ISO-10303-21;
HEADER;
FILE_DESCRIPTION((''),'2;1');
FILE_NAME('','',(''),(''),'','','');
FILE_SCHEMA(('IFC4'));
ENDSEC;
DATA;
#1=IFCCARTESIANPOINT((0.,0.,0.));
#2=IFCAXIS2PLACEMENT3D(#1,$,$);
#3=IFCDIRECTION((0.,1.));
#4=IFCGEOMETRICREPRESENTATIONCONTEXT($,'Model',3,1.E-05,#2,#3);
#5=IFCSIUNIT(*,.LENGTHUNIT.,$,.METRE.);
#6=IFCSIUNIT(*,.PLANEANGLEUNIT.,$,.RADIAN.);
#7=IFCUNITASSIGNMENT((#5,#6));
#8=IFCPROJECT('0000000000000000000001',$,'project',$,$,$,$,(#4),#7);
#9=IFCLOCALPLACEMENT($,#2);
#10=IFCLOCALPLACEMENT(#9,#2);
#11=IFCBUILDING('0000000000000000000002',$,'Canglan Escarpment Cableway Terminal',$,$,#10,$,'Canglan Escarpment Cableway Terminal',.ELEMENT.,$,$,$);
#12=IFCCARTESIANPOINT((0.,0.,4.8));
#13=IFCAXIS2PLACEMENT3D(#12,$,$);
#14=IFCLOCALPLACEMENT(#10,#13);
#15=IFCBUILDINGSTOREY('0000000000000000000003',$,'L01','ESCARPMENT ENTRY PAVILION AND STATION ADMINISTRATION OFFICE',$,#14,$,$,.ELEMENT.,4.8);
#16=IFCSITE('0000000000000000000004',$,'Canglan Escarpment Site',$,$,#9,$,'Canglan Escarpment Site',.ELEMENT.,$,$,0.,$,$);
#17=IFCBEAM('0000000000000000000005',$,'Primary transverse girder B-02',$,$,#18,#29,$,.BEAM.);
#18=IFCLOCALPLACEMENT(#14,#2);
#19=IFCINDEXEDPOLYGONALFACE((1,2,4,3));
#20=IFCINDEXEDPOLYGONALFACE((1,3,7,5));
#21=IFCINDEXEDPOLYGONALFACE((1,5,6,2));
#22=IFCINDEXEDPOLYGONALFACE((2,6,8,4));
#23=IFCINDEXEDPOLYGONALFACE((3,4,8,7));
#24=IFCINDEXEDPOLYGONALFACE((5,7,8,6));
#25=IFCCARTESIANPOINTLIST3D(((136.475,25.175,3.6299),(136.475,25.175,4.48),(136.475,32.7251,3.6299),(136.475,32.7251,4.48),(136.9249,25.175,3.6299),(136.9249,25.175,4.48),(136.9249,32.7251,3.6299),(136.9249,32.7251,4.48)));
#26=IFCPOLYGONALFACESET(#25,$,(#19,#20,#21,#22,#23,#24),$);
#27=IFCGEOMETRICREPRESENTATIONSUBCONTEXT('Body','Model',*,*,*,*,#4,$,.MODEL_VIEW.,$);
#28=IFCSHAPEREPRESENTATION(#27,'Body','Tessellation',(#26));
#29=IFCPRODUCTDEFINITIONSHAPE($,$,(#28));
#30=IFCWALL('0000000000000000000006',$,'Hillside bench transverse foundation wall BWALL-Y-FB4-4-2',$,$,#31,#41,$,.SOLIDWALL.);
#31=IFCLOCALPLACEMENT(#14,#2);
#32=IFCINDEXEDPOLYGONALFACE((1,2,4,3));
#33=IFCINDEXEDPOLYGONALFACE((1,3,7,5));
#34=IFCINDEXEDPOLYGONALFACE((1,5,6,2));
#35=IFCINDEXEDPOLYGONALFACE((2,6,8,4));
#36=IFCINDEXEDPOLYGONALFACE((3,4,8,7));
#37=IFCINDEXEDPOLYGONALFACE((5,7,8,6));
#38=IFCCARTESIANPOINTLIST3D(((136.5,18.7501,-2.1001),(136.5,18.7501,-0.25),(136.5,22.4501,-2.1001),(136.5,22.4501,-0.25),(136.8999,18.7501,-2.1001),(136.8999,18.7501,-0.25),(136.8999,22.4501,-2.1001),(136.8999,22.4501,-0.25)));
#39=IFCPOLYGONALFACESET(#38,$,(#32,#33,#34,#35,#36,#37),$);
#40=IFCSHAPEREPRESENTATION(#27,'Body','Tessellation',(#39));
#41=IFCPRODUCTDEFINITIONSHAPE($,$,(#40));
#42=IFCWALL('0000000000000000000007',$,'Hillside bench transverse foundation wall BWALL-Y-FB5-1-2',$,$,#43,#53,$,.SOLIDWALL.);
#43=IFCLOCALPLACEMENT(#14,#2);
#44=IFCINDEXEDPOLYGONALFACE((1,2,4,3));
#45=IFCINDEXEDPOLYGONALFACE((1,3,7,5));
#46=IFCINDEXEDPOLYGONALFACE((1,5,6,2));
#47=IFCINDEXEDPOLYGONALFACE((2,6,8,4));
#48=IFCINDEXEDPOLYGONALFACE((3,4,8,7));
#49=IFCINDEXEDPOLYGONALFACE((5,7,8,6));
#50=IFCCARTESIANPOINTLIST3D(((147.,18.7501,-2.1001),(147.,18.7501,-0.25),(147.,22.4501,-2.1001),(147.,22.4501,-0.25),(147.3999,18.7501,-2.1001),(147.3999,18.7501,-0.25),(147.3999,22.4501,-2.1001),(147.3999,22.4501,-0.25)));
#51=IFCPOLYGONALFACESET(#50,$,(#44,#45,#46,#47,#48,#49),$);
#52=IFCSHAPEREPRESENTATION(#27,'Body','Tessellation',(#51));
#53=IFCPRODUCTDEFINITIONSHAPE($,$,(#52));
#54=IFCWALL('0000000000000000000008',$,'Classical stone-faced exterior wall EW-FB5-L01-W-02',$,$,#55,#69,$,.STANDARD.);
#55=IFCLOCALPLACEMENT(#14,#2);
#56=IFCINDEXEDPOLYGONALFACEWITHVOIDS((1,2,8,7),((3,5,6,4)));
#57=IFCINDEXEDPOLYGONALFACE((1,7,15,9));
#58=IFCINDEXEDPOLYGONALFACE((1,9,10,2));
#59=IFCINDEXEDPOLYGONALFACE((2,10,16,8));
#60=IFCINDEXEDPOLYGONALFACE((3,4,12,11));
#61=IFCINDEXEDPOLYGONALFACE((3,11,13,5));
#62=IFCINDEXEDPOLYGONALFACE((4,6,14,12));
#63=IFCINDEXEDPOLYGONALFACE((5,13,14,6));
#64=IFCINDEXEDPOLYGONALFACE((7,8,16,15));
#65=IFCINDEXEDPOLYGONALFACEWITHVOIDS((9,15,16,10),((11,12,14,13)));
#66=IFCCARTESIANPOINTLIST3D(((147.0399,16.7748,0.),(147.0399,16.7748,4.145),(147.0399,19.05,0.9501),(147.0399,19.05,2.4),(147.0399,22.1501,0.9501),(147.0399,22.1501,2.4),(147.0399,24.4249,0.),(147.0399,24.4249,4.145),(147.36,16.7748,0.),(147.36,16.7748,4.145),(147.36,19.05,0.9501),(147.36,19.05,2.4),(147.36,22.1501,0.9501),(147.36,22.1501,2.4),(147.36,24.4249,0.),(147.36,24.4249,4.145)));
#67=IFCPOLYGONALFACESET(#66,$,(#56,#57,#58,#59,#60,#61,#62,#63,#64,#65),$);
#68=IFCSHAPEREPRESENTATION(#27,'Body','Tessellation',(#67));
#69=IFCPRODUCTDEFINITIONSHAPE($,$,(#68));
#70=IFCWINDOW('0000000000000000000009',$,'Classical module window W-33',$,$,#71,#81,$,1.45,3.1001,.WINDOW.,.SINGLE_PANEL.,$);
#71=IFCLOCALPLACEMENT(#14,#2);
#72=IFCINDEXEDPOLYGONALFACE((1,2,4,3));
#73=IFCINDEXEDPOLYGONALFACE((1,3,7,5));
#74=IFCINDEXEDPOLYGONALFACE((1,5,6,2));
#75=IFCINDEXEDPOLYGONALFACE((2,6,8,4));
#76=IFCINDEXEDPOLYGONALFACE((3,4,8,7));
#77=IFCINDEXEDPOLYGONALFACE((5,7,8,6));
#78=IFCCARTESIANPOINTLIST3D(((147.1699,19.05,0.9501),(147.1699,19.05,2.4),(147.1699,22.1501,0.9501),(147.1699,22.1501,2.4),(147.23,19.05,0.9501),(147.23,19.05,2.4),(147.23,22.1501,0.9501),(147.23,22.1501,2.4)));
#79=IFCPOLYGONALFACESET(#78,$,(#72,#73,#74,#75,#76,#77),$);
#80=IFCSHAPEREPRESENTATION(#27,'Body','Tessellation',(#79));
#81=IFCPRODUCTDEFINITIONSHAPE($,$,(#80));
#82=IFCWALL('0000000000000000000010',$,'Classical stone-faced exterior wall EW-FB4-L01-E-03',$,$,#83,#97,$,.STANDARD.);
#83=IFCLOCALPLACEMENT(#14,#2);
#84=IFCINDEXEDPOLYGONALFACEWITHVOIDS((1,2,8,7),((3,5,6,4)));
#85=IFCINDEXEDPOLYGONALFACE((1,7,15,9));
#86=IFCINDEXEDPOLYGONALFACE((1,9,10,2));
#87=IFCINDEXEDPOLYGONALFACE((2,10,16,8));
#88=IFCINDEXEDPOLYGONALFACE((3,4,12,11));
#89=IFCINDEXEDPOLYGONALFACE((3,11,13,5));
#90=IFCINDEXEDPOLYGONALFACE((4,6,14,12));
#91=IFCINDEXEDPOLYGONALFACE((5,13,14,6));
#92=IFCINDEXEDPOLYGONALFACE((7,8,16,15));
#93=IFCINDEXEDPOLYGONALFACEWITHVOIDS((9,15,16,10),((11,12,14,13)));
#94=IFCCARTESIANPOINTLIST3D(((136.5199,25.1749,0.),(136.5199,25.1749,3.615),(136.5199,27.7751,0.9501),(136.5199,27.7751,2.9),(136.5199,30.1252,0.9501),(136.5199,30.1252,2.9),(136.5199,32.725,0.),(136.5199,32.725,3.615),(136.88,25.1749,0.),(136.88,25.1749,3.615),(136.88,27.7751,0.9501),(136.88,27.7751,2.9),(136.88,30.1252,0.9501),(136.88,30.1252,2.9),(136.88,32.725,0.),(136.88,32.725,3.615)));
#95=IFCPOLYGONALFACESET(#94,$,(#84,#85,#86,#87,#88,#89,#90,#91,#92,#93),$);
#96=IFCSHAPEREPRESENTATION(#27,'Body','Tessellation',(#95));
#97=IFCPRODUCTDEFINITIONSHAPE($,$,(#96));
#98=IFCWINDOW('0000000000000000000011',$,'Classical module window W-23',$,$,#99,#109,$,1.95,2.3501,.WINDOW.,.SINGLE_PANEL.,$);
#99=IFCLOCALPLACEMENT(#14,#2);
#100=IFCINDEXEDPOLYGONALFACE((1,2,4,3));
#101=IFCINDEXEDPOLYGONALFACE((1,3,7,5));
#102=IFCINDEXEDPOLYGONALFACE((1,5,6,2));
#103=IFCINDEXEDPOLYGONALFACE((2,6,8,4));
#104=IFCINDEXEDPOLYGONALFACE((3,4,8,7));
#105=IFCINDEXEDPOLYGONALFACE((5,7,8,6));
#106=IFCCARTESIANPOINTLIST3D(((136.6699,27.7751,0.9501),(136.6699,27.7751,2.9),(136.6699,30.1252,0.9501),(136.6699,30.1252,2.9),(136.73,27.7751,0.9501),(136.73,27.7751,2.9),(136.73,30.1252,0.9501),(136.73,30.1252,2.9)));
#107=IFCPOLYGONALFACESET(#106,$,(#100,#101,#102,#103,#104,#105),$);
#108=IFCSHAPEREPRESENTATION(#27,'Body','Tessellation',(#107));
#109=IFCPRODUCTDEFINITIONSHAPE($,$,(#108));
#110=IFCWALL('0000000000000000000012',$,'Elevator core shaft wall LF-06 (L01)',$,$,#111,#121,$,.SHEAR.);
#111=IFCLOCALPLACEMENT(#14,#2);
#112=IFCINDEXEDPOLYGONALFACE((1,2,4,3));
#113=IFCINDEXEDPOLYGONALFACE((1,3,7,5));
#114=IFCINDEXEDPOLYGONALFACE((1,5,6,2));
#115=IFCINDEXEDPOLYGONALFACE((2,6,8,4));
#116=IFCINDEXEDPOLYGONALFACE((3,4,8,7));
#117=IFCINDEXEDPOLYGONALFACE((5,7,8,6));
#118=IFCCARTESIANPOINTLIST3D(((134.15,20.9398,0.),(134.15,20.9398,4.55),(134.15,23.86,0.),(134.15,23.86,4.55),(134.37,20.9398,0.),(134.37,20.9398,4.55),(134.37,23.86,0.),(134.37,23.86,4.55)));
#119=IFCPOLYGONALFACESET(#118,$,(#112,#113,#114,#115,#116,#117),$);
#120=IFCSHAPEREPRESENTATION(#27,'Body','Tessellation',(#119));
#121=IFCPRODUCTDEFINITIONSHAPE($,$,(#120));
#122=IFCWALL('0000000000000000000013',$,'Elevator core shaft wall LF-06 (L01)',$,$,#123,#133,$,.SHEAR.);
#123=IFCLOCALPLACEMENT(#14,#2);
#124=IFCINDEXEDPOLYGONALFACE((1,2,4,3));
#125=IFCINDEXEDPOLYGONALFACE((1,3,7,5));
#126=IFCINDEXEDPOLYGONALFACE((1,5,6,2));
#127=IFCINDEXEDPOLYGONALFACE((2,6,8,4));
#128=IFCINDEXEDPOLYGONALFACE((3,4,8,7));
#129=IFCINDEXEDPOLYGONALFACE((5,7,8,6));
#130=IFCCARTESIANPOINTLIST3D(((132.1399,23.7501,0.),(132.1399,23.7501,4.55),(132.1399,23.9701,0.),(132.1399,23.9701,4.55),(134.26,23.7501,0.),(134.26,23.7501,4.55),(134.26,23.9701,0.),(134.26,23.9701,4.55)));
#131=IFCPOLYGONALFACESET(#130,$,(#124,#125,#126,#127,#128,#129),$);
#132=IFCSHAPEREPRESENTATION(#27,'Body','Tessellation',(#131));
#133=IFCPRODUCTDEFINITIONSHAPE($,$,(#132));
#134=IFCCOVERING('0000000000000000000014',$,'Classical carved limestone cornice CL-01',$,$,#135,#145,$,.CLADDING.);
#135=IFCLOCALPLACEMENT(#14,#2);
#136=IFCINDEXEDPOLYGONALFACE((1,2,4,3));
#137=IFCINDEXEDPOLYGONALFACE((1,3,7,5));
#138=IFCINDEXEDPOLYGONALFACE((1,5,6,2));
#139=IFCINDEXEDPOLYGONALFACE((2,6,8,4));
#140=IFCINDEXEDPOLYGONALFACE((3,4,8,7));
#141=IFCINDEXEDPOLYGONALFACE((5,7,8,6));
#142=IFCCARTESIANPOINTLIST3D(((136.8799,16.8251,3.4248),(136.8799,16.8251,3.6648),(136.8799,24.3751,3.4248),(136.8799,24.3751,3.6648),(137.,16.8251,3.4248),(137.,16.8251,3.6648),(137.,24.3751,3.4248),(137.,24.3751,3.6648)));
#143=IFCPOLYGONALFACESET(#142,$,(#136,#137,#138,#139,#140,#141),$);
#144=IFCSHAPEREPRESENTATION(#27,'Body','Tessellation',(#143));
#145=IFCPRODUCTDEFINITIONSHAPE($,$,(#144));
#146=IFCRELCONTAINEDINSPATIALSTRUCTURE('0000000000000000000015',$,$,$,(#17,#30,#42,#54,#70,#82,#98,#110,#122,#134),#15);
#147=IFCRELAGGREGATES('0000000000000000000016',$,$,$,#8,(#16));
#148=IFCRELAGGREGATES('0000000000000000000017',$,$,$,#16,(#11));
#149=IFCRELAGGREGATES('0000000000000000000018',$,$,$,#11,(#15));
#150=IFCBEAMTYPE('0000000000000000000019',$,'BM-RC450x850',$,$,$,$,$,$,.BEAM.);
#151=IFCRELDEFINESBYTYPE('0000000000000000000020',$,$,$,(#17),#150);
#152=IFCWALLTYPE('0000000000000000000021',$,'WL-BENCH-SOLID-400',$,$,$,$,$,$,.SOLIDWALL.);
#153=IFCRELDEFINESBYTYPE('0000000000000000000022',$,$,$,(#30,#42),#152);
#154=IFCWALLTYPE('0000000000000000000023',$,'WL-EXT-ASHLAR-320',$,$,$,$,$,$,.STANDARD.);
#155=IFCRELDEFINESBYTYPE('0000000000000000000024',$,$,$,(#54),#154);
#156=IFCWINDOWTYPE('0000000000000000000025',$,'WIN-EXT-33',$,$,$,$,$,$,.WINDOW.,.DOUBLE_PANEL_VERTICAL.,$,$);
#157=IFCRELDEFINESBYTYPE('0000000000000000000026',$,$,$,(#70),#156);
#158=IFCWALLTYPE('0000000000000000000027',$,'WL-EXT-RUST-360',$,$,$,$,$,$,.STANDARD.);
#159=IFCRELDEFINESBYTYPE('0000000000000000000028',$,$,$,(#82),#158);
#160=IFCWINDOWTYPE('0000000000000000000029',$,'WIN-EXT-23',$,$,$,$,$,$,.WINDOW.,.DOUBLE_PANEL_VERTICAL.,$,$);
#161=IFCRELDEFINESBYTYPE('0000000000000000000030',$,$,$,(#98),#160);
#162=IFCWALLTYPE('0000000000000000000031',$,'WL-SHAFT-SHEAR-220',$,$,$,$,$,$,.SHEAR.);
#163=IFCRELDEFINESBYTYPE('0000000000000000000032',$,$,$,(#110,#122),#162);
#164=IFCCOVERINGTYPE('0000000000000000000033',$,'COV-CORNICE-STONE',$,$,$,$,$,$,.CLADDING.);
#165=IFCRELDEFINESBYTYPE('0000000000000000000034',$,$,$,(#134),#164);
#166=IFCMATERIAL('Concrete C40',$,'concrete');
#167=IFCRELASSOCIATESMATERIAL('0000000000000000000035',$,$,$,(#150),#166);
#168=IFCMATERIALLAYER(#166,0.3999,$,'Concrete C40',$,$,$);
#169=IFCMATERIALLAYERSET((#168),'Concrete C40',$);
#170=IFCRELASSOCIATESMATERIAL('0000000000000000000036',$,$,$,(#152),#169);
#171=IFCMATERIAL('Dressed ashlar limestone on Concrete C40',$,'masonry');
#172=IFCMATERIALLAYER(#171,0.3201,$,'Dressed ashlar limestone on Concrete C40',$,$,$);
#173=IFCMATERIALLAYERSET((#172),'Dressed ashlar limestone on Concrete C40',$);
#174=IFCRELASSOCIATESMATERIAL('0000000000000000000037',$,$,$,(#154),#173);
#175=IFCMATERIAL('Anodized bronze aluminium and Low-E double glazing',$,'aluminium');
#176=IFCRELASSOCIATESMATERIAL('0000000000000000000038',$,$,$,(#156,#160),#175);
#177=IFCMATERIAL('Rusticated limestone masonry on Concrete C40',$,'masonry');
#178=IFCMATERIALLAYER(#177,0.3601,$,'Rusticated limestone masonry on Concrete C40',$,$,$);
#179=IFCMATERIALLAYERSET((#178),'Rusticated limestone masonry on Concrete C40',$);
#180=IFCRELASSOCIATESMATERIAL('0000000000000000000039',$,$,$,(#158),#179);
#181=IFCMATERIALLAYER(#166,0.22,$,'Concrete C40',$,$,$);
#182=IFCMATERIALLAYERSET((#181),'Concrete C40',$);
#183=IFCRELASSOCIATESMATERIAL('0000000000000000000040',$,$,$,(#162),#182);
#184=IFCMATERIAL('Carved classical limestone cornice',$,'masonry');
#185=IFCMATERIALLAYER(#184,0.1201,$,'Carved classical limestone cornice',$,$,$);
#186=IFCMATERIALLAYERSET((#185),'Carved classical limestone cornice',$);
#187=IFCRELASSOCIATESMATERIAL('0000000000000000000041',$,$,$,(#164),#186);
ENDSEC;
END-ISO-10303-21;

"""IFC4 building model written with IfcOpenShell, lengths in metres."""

from ifc_helpers import new_model, si_unit, direction, frame, frame_2d, origin, origin_2d, place, context, subcontext, project, spatial, rectangle, extrude, material, layer, layer_set, material_profile, profile_set, type_object, element, fill, save


model = new_model("IFC4")

# Units and contexts
model_context = context("Model", 3, precision=1e-05, world=origin(), true_north=direction((0.0, 1.0)))
body_context = subcontext(model_context, "Body", "Model", "MODEL_VIEW")
ifc_project = project(units=[si_unit("LENGTHUNIT", "METRE"), si_unit("PLANEANGLEUNIT", "RADIAN")], contexts=[model_context])

# Site, building, storey
site_placement = place(None, origin())
site = spatial("IfcSite", under=ifc_project, at=site_placement, Name="Canglan Escarpment Site", LongName="Canglan Escarpment Site", CompositionType="ELEMENT", RefElevation=0.0)
building_placement = place(site_placement, origin())
building = spatial("IfcBuilding", under=site, at=building_placement, Name="Canglan Escarpment Cableway Terminal", LongName="Canglan Escarpment Cableway Terminal", CompositionType="ELEMENT")
storey_placement = place(building_placement, frame((0.0, 0.0, 4.8)))
storey = spatial("IfcBuildingStorey", under=building, at=storey_placement, Name="L01", Description="ESCARPMENT ENTRY PAVILION AND STATION ADMINISTRATION OFFICE", CompositionType="ELEMENT", Elevation=4.8)

# Shared definitions
ifc_material_1 = material(Name="Concrete C40", Category="concrete")

# Beam
ifc_material_profile_1 = material_profile(ifc_material_1, rectangle(XDim=0.45, YDim=0.8501, at=origin_2d()), Name="RC 450x850")
ifc_profile_set_1 = profile_set([ifc_material_profile_1], Name="Concrete C40")
beam_type_1 = type_object("IfcBeamType", Name="BM-RC450x850", PredefinedType="BEAM", material=ifc_profile_set_1)
beam_1_placement = place(storey_placement, frame((136.7, 25.175, 4.0549), z_axis=(0.0, 1.0, 0.0), x_axis=(-1.0, 0.0, 0.0)))
element("IfcBeam", 1, at=beam_1_placement, inside=storey, type_object=beam_type_1, Name="Primary transverse girder B-02", PredefinedType="BEAM", context=body_context, shape_type="SweptSolid", body=[
    extrude(rectangle(XDim=0.45, YDim=0.8501, at=origin_2d()), origin(), (0.0, 0.0, 1.0), 7.55),
])

# Walls
ifc_layer_1 = layer(ifc_material_1, 0.3999, Name="Concrete C40")
ifc_layer_set_1 = layer_set([ifc_layer_1], Name="Concrete C40")
wall_type_1 = type_object("IfcWallType", Name="WL-BENCH-SOLID-400", PredefinedType="SOLIDWALL", material=ifc_layer_set_1)
for number, where, z_axis, x_axis, name in (
    (2, (136.7, 18.75, -2.1001), (0.0, 0.0, 1.0), (0.0, 1.0, 0.0), "Hillside bench transverse foundation wall BWALL-Y-FB4-4-2"),
    (3, (147.2, 18.75, -2.1001), (0.0, 0.0, 1.0), (0.0, 1.0, 0.0), "Hillside bench transverse foundation wall BWALL-Y-FB5-1-2"),
):
    element("IfcWall", number, at=place(storey_placement, frame(where, z_axis=z_axis, x_axis=x_axis)), inside=storey, type_object=wall_type_1, Name=name, PredefinedType="SOLIDWALL", context=body_context, shape_type="SweptSolid", body=[
        extrude(rectangle(XDim=3.7, YDim=0.3999, at=frame_2d((1.8501, 0.0))), origin(), (0.0, 0.0, 1.0), 1.8501),
    ])

# Walls, openings, windows
ifc_material_2 = material(Name="Dressed ashlar limestone on Concrete C40", Category="masonry")
ifc_layer_2 = layer(ifc_material_2, 0.3201, Name="Dressed ashlar limestone on Concrete C40")
ifc_layer_set_2 = layer_set([ifc_layer_2], Name="Dressed ashlar limestone on Concrete C40")
wall_type_2 = type_object("IfcWallType", Name="WL-EXT-ASHLAR-320", PredefinedType="STANDARD", material=ifc_layer_set_2)
wall_1_placement = place(storey_placement, frame((147.2, 24.425, 0.0), z_axis=(0.0, 0.0, 1.0), x_axis=(0.0, -1.0, 0.0)))
wall_1 = element("IfcWall", 4, at=wall_1_placement, inside=storey, type_object=wall_type_2, Name="Classical stone-faced exterior wall EW-FB5-L01-W-02", PredefinedType="STANDARD", context=body_context, shape_type="SweptSolid", body=[
    extrude(rectangle(XDim=7.6501, YDim=0.3201, at=frame_2d((3.8252, 0.0))), origin(), (0.0, 0.0, 1.0), 4.145),
])
opening_1_placement = place(wall_1_placement, frame((2.2749, 0.0, 0.95)))
opening_1 = element("IfcOpeningElement", 5, at=opening_1_placement, cuts=wall_1, PredefinedType="OPENING", context=body_context, shape_type="SweptSolid", body=[
    extrude(rectangle(XDim=3.1001, YDim=1.45, at=frame_2d((1.55, 0.7251))), frame((0.0, 0.1699, 0.0), z_axis=(0.0, -1.0, 0.0), x_axis=(1.0, 0.0, 0.0)), (0.0, 0.0, 1.0), 0.3401),
])
ifc_material_3 = material(Name="Anodized bronze aluminium and Low-E double glazing", Category="aluminium")
window_type_1 = type_object("IfcWindowType", Name="WIN-EXT-33", PartitioningType="DOUBLE_PANEL_VERTICAL", PredefinedType="WINDOW", material=ifc_material_3)
window_1_placement = place(opening_1_placement, origin())
window_1 = element("IfcWindow", 6, at=window_1_placement, inside=storey, type_object=window_type_1, Name="Classical module window W-33", OverallHeight=1.45, OverallWidth=3.1001, PartitioningType="SINGLE_PANEL", PredefinedType="WINDOW", context=body_context, shape_type="SweptSolid", body=[
    extrude(rectangle(XDim=3.1001, YDim=1.45, at=frame_2d((1.55, 0.7251))), frame((0.0, 0.03, 0.0), z_axis=(0.0, -1.0, 0.0), x_axis=(1.0, 0.0, 0.0)), (0.0, 0.0, 1.0), 0.0601),
])
fill(opening_1, window_1)
ifc_material_4 = material(Name="Rusticated limestone masonry on Concrete C40", Category="masonry")
ifc_layer_3 = layer(ifc_material_4, 0.3601, Name="Rusticated limestone masonry on Concrete C40")
ifc_layer_set_3 = layer_set([ifc_layer_3], Name="Rusticated limestone masonry on Concrete C40")
wall_type_3 = type_object("IfcWallType", Name="WL-EXT-RUST-360", PredefinedType="STANDARD", material=ifc_layer_set_3)
wall_2_placement = place(storey_placement, frame((136.7, 25.175, 0.0), z_axis=(0.0, 0.0, 1.0), x_axis=(0.0, 1.0, 0.0)))
wall_2 = element("IfcWall", 7, at=wall_2_placement, inside=storey, type_object=wall_type_3, Name="Classical stone-faced exterior wall EW-FB4-L01-E-03", PredefinedType="STANDARD", context=body_context, shape_type="SweptSolid", body=[
    extrude(rectangle(XDim=7.55, YDim=0.3601, at=frame_2d((3.7749, 0.0))), origin(), (0.0, 0.0, 1.0), 3.615),
])
opening_2_placement = place(wall_2_placement, frame((2.6001, 0.0, 0.95)))
opening_2 = element("IfcOpeningElement", 8, at=opening_2_placement, cuts=wall_2, PredefinedType="OPENING", context=body_context, shape_type="SweptSolid", body=[
    extrude(rectangle(XDim=2.3501, YDim=1.95, at=frame_2d((1.175, 0.9751))), frame((0.0, 0.1899, 0.0), z_axis=(0.0, -1.0, 0.0), x_axis=(1.0, 0.0, 0.0)), (0.0, 0.0, 1.0), 0.3801),
])
window_type_2 = type_object("IfcWindowType", Name="WIN-EXT-23", PartitioningType="DOUBLE_PANEL_VERTICAL", PredefinedType="WINDOW", material=ifc_material_3)
window_2_placement = place(opening_2_placement, origin())
window_2 = element("IfcWindow", 9, at=window_2_placement, inside=storey, type_object=window_type_2, Name="Classical module window W-23", OverallHeight=1.95, OverallWidth=2.3501, PartitioningType="SINGLE_PANEL", PredefinedType="WINDOW", context=body_context, shape_type="SweptSolid", body=[
    extrude(rectangle(XDim=2.3501, YDim=1.95, at=frame_2d((1.175, 0.9751))), frame((0.0, 0.03, 0.0), z_axis=(0.0, -1.0, 0.0), x_axis=(1.0, 0.0, 0.0)), (0.0, 0.0, 1.0), 0.0601),
])
fill(opening_2, window_2)

# Walls
ifc_layer_4 = layer(ifc_material_1, 0.22, Name="Concrete C40")
ifc_layer_set_4 = layer_set([ifc_layer_4], Name="Concrete C40")
wall_type_4 = type_object("IfcWallType", Name="WL-SHAFT-SHEAR-220", PredefinedType="SHEAR", material=ifc_layer_set_4)
wall_3_placement = place(storey_placement, frame((134.26, 20.9399, 0.0), z_axis=(0.0, 0.0, 1.0), x_axis=(0.0, 1.0, 0.0)))
element("IfcWall", 10, at=wall_3_placement, inside=storey, type_object=wall_type_4, Name="Elevator core shaft wall LF-06 (L01)", PredefinedType="SHEAR", context=body_context, shape_type="SweptSolid", body=[
    extrude(rectangle(XDim=2.9202, YDim=0.22, at=frame_2d((1.46, 0.0))), origin(), (0.0, 0.0, 1.0), 4.55),
])
wall_4_placement = place(storey_placement, frame((134.26, 23.8601, 0.0), z_axis=(0.0, 0.0, 1.0), x_axis=(-1.0, 0.0, 0.0)))
element("IfcWall", 11, at=wall_4_placement, inside=storey, type_object=wall_type_4, Name="Elevator core shaft wall LF-06 (L01)", PredefinedType="SHEAR", context=body_context, shape_type="SweptSolid", body=[
    extrude(rectangle(XDim=2.1201, YDim=0.22, at=frame_2d((1.0601, 0.0))), origin(), (0.0, 0.0, 1.0), 4.55),
])

# Covering
ifc_material_5 = material(Name="Carved classical limestone cornice", Category="masonry")
ifc_layer_5 = layer(ifc_material_5, 0.1201, Name="Carved classical limestone cornice")
ifc_layer_set_5 = layer_set([ifc_layer_5], Name="Carved classical limestone cornice")
covering_type = type_object("IfcCoveringType", Name="COV-CORNICE-STONE", PredefinedType="CLADDING", material=ifc_layer_set_5)
covering_placement = place(storey_placement, frame((136.9399, 20.6001, 3.4248), z_axis=(0.0, 0.0, 1.0), x_axis=(0.0, 1.0, 0.0)))
element("IfcCovering", 12, at=covering_placement, inside=storey, type_object=covering_type, Name="Classical carved limestone cornice CL-01", PredefinedType="CLADDING", context=body_context, shape_type="SweptSolid", body=[
    extrude(rectangle(XDim=7.55, YDim=0.1201, at=origin_2d()), origin(), (0.0, 0.0, 1.0), 0.24),
])

save(model, "model.ifc")
